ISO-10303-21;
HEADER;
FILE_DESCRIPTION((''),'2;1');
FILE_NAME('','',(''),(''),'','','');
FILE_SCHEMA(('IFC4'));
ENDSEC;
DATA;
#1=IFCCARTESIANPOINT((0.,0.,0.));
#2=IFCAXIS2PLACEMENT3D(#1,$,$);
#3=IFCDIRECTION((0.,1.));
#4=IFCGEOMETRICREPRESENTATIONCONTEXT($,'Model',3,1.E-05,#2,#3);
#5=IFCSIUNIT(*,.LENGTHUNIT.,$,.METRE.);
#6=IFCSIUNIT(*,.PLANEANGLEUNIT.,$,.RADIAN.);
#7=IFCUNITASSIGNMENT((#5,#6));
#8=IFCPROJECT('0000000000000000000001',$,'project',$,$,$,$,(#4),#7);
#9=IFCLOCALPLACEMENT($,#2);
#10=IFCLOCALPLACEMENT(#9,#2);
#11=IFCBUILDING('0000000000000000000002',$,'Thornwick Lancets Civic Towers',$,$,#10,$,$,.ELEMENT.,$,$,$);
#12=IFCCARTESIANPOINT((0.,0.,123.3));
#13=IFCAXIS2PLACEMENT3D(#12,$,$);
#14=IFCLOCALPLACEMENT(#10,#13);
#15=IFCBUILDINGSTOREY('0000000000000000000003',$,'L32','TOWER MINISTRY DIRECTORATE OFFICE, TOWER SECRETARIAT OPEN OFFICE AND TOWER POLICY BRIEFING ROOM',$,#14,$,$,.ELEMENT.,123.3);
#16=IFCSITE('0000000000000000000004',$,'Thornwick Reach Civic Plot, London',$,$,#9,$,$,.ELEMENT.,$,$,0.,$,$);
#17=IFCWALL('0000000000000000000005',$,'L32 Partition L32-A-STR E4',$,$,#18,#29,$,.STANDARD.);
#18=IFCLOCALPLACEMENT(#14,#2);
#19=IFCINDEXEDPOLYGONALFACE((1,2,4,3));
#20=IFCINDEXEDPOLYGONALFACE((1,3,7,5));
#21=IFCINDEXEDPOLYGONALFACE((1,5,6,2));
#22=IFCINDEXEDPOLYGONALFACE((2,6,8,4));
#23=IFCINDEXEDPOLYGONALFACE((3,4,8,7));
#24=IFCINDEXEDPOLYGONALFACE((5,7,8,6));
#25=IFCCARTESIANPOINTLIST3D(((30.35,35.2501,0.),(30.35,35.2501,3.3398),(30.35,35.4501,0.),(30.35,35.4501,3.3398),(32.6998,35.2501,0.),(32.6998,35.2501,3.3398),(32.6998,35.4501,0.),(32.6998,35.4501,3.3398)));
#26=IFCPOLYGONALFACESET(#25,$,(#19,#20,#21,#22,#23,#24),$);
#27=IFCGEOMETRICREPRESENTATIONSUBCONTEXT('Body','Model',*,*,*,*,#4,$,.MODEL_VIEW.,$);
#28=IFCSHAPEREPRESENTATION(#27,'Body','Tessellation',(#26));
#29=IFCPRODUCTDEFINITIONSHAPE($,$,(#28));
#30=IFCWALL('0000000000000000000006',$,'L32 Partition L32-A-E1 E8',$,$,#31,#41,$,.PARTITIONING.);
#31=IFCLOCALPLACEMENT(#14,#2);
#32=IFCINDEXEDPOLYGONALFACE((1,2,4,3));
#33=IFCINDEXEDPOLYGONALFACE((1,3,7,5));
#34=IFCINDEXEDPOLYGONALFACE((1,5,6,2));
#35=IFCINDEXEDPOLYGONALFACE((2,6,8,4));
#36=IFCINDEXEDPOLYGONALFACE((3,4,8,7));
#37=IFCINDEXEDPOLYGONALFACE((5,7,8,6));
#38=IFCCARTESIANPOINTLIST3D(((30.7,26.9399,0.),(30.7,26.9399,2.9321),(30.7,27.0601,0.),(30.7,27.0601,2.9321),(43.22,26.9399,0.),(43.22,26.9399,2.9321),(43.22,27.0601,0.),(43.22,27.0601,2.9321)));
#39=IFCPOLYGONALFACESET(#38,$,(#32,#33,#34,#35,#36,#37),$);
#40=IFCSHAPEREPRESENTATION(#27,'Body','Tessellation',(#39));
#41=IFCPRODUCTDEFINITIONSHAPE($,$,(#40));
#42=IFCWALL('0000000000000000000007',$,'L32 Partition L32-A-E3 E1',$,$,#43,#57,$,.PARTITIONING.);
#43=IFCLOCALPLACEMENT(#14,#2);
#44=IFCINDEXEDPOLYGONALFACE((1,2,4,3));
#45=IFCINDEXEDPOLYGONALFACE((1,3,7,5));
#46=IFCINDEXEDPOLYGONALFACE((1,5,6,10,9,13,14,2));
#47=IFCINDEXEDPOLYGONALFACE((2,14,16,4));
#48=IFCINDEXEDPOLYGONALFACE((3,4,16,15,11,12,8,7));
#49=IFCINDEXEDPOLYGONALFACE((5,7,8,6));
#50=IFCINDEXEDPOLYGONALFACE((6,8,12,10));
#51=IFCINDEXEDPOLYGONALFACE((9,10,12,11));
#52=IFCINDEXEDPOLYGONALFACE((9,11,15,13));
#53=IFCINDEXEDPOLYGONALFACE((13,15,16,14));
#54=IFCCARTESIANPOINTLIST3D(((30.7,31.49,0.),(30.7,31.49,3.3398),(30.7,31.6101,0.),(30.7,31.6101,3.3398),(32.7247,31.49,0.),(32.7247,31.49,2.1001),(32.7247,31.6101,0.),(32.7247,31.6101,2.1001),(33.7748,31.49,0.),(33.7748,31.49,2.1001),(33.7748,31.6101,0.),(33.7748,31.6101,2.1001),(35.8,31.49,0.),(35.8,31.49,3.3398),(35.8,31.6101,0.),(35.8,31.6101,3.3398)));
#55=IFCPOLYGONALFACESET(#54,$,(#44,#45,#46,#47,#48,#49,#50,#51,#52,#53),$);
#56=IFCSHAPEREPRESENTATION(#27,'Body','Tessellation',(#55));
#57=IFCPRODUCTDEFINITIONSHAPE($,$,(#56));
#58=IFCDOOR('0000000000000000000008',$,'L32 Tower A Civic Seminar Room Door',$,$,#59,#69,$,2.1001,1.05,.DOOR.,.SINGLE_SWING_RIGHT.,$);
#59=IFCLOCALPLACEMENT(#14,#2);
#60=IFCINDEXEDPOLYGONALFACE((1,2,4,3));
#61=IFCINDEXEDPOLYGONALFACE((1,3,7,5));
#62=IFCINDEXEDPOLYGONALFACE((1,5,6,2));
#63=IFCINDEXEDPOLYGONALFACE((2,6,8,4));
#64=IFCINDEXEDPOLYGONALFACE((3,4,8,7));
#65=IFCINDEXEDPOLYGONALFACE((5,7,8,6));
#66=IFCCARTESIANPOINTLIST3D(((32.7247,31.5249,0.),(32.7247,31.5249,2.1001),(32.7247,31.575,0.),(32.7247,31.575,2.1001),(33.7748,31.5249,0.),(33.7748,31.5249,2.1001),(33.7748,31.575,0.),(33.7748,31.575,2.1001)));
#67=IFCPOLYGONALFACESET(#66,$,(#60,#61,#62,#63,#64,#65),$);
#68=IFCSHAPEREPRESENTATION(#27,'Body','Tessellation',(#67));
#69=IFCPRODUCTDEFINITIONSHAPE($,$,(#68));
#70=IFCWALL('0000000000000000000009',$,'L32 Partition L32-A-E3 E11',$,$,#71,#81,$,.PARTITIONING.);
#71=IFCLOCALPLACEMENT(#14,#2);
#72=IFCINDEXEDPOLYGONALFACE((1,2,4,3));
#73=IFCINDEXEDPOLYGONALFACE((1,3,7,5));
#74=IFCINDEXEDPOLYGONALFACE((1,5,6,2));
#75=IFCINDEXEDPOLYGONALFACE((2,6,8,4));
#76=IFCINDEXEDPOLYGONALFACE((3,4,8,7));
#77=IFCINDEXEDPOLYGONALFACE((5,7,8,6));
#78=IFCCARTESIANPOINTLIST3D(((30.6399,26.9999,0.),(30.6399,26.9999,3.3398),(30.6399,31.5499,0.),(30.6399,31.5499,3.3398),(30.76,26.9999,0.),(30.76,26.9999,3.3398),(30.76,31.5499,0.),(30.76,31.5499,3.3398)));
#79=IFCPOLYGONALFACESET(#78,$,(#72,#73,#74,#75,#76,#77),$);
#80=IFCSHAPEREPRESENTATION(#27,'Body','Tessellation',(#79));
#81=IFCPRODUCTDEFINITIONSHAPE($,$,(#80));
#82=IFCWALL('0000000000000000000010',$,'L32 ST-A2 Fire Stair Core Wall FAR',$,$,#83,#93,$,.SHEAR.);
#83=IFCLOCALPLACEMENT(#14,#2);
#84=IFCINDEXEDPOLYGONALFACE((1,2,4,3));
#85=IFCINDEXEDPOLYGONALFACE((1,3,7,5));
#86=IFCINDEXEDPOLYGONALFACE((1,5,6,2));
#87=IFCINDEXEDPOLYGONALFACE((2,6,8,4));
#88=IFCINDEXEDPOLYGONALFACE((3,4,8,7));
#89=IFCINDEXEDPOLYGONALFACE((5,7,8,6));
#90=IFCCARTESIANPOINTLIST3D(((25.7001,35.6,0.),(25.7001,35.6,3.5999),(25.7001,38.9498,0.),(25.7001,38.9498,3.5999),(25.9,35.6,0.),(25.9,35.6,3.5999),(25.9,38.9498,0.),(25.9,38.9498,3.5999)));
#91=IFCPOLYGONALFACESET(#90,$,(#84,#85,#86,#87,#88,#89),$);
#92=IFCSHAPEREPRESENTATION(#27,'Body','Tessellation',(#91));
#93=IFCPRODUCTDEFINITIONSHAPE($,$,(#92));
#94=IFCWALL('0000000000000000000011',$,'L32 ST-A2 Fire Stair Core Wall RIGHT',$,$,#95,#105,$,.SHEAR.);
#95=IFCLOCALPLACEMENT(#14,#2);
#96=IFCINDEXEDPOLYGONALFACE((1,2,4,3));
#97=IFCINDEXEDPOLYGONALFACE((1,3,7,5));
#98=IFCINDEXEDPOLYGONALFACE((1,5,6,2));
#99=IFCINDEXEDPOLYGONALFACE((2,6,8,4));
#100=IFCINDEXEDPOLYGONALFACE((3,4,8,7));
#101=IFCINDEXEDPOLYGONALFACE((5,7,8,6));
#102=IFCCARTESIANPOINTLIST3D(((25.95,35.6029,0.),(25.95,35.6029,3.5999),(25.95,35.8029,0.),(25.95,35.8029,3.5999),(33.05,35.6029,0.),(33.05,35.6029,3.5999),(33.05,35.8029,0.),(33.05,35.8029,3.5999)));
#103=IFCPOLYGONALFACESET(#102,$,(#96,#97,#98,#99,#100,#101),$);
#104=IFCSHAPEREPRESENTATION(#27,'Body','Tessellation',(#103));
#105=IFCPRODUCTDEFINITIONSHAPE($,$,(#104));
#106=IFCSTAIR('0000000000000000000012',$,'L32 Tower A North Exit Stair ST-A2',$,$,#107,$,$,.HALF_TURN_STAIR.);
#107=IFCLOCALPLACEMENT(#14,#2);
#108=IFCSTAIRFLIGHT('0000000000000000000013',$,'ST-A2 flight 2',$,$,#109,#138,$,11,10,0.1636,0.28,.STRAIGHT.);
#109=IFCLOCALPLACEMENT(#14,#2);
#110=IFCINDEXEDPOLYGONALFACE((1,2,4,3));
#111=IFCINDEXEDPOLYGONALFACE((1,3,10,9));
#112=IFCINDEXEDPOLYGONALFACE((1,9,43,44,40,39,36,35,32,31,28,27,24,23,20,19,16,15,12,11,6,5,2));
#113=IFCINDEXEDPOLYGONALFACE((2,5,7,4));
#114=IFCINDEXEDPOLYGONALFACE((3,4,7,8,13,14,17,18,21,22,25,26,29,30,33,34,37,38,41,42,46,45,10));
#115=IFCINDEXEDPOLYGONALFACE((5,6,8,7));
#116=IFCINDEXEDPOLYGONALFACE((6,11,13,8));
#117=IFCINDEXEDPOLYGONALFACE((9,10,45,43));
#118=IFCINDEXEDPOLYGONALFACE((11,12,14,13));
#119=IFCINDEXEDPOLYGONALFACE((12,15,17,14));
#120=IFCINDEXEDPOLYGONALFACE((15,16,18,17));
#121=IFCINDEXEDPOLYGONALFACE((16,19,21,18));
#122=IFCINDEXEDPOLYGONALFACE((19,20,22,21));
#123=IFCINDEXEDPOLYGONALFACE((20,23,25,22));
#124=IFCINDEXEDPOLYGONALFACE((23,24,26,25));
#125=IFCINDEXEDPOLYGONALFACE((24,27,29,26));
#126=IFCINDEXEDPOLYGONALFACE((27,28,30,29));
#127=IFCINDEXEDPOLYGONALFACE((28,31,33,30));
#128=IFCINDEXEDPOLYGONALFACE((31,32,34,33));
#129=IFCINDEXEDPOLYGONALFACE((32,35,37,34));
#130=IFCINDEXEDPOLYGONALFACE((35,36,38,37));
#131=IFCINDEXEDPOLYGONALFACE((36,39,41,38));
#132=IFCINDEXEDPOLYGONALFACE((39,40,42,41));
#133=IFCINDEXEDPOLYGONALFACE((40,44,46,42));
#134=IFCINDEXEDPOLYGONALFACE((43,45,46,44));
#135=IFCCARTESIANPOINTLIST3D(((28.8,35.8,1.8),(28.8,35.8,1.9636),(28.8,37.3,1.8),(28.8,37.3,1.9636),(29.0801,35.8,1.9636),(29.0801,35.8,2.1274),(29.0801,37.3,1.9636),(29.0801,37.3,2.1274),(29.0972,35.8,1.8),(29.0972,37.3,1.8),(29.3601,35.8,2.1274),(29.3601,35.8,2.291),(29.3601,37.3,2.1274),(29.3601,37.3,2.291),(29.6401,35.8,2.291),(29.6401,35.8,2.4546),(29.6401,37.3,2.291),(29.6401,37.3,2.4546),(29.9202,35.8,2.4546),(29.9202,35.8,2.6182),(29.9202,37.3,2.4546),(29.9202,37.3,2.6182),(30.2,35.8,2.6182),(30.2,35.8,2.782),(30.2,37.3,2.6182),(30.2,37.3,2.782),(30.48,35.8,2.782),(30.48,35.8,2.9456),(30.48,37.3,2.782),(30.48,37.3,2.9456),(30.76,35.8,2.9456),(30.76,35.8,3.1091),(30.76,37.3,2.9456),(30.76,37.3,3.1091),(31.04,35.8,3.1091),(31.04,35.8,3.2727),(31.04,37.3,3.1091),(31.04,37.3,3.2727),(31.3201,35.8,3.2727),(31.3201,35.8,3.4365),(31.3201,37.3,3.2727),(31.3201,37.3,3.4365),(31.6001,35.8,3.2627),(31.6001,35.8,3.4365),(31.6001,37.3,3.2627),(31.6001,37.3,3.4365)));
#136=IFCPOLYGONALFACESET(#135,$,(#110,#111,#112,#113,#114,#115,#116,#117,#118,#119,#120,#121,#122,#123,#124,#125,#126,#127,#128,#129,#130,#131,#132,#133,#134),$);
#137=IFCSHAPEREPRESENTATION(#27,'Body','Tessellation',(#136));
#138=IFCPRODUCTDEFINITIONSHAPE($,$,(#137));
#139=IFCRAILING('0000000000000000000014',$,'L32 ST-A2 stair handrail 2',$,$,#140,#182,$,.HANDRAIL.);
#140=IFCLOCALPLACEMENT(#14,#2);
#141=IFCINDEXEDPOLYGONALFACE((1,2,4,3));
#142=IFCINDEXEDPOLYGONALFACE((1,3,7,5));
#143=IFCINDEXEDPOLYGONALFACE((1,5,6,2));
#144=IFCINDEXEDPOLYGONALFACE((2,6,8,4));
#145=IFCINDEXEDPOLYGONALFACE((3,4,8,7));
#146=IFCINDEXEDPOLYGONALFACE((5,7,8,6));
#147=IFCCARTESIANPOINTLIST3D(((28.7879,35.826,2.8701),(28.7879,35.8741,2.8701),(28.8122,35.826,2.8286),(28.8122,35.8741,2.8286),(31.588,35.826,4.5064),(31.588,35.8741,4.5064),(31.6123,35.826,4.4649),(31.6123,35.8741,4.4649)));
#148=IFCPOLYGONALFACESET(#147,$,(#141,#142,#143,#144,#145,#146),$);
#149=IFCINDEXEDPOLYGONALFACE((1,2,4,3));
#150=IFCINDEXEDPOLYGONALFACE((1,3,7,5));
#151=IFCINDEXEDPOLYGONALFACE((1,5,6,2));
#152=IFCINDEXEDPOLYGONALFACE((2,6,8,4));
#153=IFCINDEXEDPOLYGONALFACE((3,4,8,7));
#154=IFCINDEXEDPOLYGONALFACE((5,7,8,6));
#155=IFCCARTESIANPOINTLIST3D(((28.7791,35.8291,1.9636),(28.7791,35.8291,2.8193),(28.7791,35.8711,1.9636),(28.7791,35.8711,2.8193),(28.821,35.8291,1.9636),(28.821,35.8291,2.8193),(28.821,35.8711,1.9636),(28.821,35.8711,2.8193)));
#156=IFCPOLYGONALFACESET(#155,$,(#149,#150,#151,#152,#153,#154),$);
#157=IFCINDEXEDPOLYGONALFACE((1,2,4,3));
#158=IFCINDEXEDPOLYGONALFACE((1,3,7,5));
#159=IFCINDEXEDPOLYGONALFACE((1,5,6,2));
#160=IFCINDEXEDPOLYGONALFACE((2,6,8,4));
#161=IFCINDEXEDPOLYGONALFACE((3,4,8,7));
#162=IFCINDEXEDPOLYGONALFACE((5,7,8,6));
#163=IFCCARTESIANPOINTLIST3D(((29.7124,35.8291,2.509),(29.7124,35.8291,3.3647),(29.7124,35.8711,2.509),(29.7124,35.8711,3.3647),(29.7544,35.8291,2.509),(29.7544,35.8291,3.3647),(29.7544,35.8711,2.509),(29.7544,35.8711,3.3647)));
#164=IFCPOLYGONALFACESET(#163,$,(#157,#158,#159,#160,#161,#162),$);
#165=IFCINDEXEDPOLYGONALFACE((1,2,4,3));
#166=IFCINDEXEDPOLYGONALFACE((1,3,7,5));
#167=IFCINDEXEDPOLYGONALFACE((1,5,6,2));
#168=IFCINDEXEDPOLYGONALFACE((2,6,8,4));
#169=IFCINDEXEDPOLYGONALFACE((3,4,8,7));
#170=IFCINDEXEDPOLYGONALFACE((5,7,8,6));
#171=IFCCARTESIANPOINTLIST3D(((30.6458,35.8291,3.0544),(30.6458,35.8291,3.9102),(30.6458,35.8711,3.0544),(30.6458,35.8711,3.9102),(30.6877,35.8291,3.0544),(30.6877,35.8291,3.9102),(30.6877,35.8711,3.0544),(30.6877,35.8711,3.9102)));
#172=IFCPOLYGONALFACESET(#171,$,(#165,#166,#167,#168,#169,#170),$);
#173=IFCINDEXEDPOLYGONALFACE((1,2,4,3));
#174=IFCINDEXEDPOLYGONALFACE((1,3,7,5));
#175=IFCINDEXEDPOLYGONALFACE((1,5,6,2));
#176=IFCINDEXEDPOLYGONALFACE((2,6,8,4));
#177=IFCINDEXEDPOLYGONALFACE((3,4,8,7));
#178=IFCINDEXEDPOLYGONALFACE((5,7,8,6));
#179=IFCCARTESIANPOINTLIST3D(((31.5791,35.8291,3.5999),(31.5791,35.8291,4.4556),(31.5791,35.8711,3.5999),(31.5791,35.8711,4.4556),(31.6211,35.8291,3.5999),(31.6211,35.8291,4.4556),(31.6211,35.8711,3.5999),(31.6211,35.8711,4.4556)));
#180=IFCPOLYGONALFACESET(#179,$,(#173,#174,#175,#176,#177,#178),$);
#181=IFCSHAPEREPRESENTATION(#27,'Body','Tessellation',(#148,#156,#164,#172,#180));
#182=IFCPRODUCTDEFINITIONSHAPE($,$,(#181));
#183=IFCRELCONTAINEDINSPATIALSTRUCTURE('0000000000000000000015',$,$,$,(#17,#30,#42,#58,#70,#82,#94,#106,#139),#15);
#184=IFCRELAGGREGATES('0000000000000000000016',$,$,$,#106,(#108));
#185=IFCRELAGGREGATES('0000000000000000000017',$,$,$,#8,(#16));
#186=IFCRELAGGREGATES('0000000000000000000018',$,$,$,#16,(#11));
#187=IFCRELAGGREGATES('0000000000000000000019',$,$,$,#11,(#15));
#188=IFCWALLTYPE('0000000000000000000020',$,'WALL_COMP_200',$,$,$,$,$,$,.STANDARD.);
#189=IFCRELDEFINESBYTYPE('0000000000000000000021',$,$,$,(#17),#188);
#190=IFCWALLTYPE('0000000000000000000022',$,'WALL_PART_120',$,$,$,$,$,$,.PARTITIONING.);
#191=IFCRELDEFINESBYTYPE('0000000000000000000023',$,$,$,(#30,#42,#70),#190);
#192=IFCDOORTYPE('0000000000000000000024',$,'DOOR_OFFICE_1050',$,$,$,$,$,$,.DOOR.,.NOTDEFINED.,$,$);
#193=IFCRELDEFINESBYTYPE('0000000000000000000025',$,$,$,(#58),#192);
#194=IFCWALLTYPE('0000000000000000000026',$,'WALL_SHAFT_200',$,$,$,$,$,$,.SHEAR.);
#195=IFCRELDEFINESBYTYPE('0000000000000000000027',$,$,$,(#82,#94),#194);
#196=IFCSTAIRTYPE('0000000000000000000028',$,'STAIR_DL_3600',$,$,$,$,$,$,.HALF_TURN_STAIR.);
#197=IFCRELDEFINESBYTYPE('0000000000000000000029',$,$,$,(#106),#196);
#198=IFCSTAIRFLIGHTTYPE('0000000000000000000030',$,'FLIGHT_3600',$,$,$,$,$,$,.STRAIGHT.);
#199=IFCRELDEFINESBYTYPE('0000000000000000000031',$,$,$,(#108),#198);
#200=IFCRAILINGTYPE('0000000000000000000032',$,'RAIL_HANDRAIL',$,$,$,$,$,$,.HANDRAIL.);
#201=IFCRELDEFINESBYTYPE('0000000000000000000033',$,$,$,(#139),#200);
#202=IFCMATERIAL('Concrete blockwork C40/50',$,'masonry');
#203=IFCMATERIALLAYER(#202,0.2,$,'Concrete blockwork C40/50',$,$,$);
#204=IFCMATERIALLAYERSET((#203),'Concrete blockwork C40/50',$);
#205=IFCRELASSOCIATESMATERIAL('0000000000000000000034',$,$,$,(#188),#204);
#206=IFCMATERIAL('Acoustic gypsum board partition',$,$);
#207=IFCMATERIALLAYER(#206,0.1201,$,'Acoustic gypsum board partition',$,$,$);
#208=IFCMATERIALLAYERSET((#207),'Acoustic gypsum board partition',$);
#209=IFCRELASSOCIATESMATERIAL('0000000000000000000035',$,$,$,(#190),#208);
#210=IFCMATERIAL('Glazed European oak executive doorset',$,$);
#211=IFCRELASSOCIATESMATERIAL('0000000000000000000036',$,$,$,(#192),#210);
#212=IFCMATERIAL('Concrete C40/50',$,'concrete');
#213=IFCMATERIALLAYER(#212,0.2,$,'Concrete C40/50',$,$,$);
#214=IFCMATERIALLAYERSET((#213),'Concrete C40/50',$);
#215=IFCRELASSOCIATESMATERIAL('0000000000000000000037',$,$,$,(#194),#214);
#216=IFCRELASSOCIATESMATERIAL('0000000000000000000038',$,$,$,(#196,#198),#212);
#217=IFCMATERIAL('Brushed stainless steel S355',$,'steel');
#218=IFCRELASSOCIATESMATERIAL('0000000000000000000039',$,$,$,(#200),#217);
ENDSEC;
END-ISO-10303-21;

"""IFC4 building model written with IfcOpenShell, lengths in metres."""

from ifc_helpers import new_model, si_unit, direction, frame, frame_2d, origin, origin_2d, place, context, subcontext, project, spatial, polyline, rectangle, outline, extrude, material, layer, layer_set, type_object, element, fill, aggregate, save


model = new_model("IFC4")

# Units and contexts
model_context = context("Model", 3, precision=1e-05, world=origin(), true_north=direction((0.0, 1.0)))
body_context = subcontext(model_context, "Body", "Model", "MODEL_VIEW")
ifc_project = project(units=[si_unit("LENGTHUNIT", "METRE"), si_unit("PLANEANGLEUNIT", "RADIAN")], contexts=[model_context])

# Site, building, storey
site_placement = place(None, origin())
site = spatial("IfcSite", under=ifc_project, at=site_placement, Name="Thornwick Reach Civic Plot, London", CompositionType="ELEMENT", RefElevation=0.0)
building_placement = place(site_placement, origin())
building = spatial("IfcBuilding", under=site, at=building_placement, Name="Thornwick Lancets Civic Towers", CompositionType="ELEMENT")
storey_placement = place(building_placement, frame((0.0, 0.0, 123.3)))
storey = spatial("IfcBuildingStorey", under=building, at=storey_placement, Name="L32", Description="TOWER MINISTRY DIRECTORATE OFFICE, TOWER SECRETARIAT OPEN OFFICE AND TOWER POLICY BRIEFING ROOM", CompositionType="ELEMENT", Elevation=123.3)

# Shared definitions
ifc_material_1 = material(Name="Concrete C40/50", Category="concrete")

# Shared definitions
ifc_material_2 = material(Name="Concrete blockwork C40/50", Category="masonry")
ifc_layer_1 = layer(ifc_material_2, 0.2, Name="Concrete blockwork C40/50")
ifc_layer_set_1 = layer_set([ifc_layer_1], Name="Concrete blockwork C40/50")
wall_type_1 = type_object("IfcWallType", Name="WALL_COMP_200", PredefinedType="STANDARD", material=ifc_layer_set_1)

# Walls
wall_1_placement = place(storey_placement, frame((30.3501, 35.3501, 0.0), z_axis=(0.0, 0.0, 1.0), x_axis=(1.0, 0.0, 0.0)))
element("IfcWall", 1, at=wall_1_placement, inside=storey, type_object=wall_type_1, Name="L32 Partition L32-A-STR E4", PredefinedType="STANDARD", context=body_context, shape_type="SweptSolid", body=[
    extrude(rectangle(XDim=2.3499, YDim=0.2, at=frame_2d((1.1748, 0.0))), origin(), (0.0, 0.0, 1.0), 3.3398),
])
ifc_material_3 = material(Name="Acoustic gypsum board partition")
ifc_layer_2 = layer(ifc_material_3, 0.1201, Name="Acoustic gypsum board partition")
ifc_layer_set_2 = layer_set([ifc_layer_2], Name="Acoustic gypsum board partition")
wall_type_2 = type_object("IfcWallType", Name="WALL_PART_120", PredefinedType="PARTITIONING", material=ifc_layer_set_2)
wall_2_placement = place(storey_placement, frame((30.7, 27.0, 0.0), z_axis=(0.0, 0.0, 1.0), x_axis=(1.0, 0.0, 0.0)))
element("IfcWall", 2, at=wall_2_placement, inside=storey, type_object=wall_type_2, Name="L32 Partition L32-A-E1 E8", PredefinedType="PARTITIONING", context=body_context, shape_type="SweptSolid", body=[
    extrude(rectangle(XDim=12.52, YDim=0.1201, at=frame_2d((6.26, 0.0))), origin(), (0.0, 0.0, 1.0), 2.9321),
])

# Wall, opening, door
wall_3_placement = place(storey_placement, frame((30.7, 31.55, 0.0), z_axis=(0.0, 0.0, 1.0), x_axis=(1.0, 0.0, 0.0)))
wall_3 = element("IfcWall", 3, at=wall_3_placement, inside=storey, type_object=wall_type_2, Name="L32 Partition L32-A-E3 E1", PredefinedType="PARTITIONING", context=body_context, shape_type="SweptSolid", body=[
    extrude(rectangle(XDim=5.1001, YDim=0.1201, at=frame_2d((2.55, 0.0))), origin(), (0.0, 0.0, 1.0), 3.3398),
])
opening_1_placement = place(wall_3_placement, frame((2.0249, 0.0, 0.0)))
opening_1 = element("IfcOpeningElement", 4, at=opening_1_placement, cuts=wall_3, PredefinedType="OPENING", context=body_context, shape_type="SweptSolid", body=[
    extrude(rectangle(XDim=1.05, YDim=2.1001, at=frame_2d((0.5249, 1.05))), frame((0.0, 0.0701, 0.0), z_axis=(0.0, -1.0, 0.0), x_axis=(1.0, 0.0, 0.0)), (0.0, 0.0, 1.0), 0.1401),
])
ifc_material_4 = material(Name="Glazed European oak executive doorset")
door_type_1 = type_object("IfcDoorType", Name="DOOR_OFFICE_1050", OperationType="NOTDEFINED", PredefinedType="DOOR", material=ifc_material_4)
door_1_placement = place(opening_1_placement, origin())
door_1 = element("IfcDoor", 5, at=door_1_placement, inside=storey, type_object=door_type_1, Name="L32 Tower A Civic Seminar Room Door", OperationType="SINGLE_SWING_RIGHT", OverallHeight=2.1001, OverallWidth=1.05, PredefinedType="DOOR", context=body_context, shape_type="SweptSolid", body=[
    extrude(rectangle(XDim=1.05, YDim=2.1001, at=frame_2d((0.5249, 1.05))), frame((0.0, 0.0249, 0.0), z_axis=(0.0, -1.0, 0.0), x_axis=(1.0, 0.0, 0.0)), (0.0, 0.0, 1.0), 0.05),
])
fill(opening_1, door_1)

# Walls
wall_4_placement = place(storey_placement, frame((30.7, 27.0, 0.0), z_axis=(0.0, 0.0, 1.0), x_axis=(0.0, 1.0, 0.0)))
element("IfcWall", 6, at=wall_4_placement, inside=storey, type_object=wall_type_2, Name="L32 Partition L32-A-E3 E11", PredefinedType="PARTITIONING", context=body_context, shape_type="SweptSolid", body=[
    extrude(rectangle(XDim=4.55, YDim=0.1201, at=frame_2d((2.2749, 0.0))), origin(), (0.0, 0.0, 1.0), 3.3398),
])
ifc_layer_3 = layer(ifc_material_1, 0.2, Name="Concrete C40/50")
ifc_layer_set_3 = layer_set([ifc_layer_3], Name="Concrete C40/50")
wall_type_3 = type_object("IfcWallType", Name="WALL_SHAFT_200", PredefinedType="SHEAR", material=ifc_layer_set_3)
wall_5_placement = place(storey_placement, frame((25.8, 35.6001, 0.0), z_axis=(0.0, 0.0, 1.0), x_axis=(0.0, 1.0, 0.0)))
element("IfcWall", 7, at=wall_5_placement, inside=storey, type_object=wall_type_3, Name="L32 ST-A2 Fire Stair Core Wall FAR", PredefinedType="SHEAR", context=body_context, shape_type="SweptSolid", body=[
    extrude(rectangle(XDim=3.3499, YDim=0.2, at=frame_2d((1.6748, 0.0))), origin(), (0.0, 0.0, 1.0), 3.5999),
])
wall_6_placement = place(storey_placement, frame((25.95, 35.7029, 0.0), z_axis=(0.0, 0.0, 1.0), x_axis=(1.0, 0.0, 0.0)))
element("IfcWall", 8, at=wall_6_placement, inside=storey, type_object=wall_type_3, Name="L32 ST-A2 Fire Stair Core Wall RIGHT", PredefinedType="SHEAR", context=body_context, shape_type="SweptSolid", body=[
    extrude(rectangle(XDim=7.1001, YDim=0.2, at=frame_2d((3.55, 0.0))), origin(), (0.0, 0.0, 1.0), 3.5999),
])

# Stair, stair flight
stair_type = type_object("IfcStairType", Name="STAIR_DL_3600", PredefinedType="HALF_TURN_STAIR", material=ifc_material_1)
stair_placement = place(storey_placement, origin())
stair = element("IfcStair", 9, at=stair_placement, inside=storey, type_object=stair_type, Name="L32 Tower A North Exit Stair ST-A2", PredefinedType="HALF_TURN_STAIR")
stair_flight_type = type_object("IfcStairFlightType", Name="FLIGHT_3600", PredefinedType="STRAIGHT", material=ifc_material_1)
stair_flight_placement = place(storey_placement, frame((28.8, 36.55, 1.8), z_axis=(0.0, 0.0, 1.0), x_axis=(1.0, 0.0, 0.0)))
stair_flight = element("IfcStairFlight", 10, at=stair_flight_placement, type_object=stair_flight_type, Name="ST-A2 flight 2", NumberOfRisers=11, NumberOfTreads=10, PredefinedType="STRAIGHT", RiserHeight=0.1636, TreadLength=0.28, context=body_context, shape_type="SweptSolid", body=[
    extrude(outline(polyline([(0.0, 0.0), (0.0, 0.1636), (0.28, 0.1636), (0.28, 0.3274), (0.5601, 0.3274), (0.5601, 0.491), (0.8401, 0.491), (0.8401, 0.6545), (1.1201, 0.6545), (1.1201, 0.8181), (1.3999, 0.8181), (1.3999, 0.9819), (1.6799, 0.9819), (1.6799, 1.1455), (1.96, 1.1455), (1.96, 1.3091), (2.24, 1.3091), (2.24, 1.4727), (2.52, 1.4727), (2.52, 1.6365), (2.8, 1.6365), (2.8, 1.8), (2.8, 1.4626), (0.2971, 0.0), (0.0, 0.0)])), frame((0.0, 0.75, 0.0), z_axis=(0.0, -1.0, 0.0), x_axis=(1.0, 0.0, 0.0)), (0.0, 0.0, 1.0), 1.5),
])
aggregate(stair, [stair_flight])

# Railing
ifc_material_5 = material(Name="Brushed stainless steel S355", Category="steel")
railing_type_1 = type_object("IfcRailingType", Name="RAIL_HANDRAIL", PredefinedType="HANDRAIL", material=ifc_material_5)
railing_1_placement = place(storey_placement, frame((28.8, 35.8501, 1.9636)))
element("IfcRailing", 11, at=railing_1_placement, inside=storey, type_object=railing_type_1, Name="L32 ST-A2 stair handrail 2", PredefinedType="HANDRAIL", context=body_context, shape_type="SweptSolid", body=[
    extrude(rectangle(XDim=0.0481, YDim=0.0481, at=origin_2d()), frame((0.0, 0.0, 0.8857), z_axis=(0.863394, 0.0, 0.504531), x_axis=(0.0, 1.0, 0.0)), (0.0, 0.0, 1.0), 3.2432),
    extrude(rectangle(XDim=0.042, YDim=0.042, at=origin_2d()), origin(), (0.0, 0.0, 1.0), 0.8557),
    extrude(rectangle(XDim=0.042, YDim=0.042, at=origin_2d()), frame((0.9333, 0.0, 0.5454)), (0.0, 0.0, 1.0), 0.8557),
    extrude(rectangle(XDim=0.042, YDim=0.042, at=origin_2d()), frame((1.8667, 0.0, 1.0908)), (0.0, 0.0, 1.0), 0.8557),
    extrude(rectangle(XDim=0.042, YDim=0.042, at=origin_2d()), frame((2.8, 0.0, 1.6362)), (0.0, 0.0, 1.0), 0.8557),
])

save(model, "model.ifc")
